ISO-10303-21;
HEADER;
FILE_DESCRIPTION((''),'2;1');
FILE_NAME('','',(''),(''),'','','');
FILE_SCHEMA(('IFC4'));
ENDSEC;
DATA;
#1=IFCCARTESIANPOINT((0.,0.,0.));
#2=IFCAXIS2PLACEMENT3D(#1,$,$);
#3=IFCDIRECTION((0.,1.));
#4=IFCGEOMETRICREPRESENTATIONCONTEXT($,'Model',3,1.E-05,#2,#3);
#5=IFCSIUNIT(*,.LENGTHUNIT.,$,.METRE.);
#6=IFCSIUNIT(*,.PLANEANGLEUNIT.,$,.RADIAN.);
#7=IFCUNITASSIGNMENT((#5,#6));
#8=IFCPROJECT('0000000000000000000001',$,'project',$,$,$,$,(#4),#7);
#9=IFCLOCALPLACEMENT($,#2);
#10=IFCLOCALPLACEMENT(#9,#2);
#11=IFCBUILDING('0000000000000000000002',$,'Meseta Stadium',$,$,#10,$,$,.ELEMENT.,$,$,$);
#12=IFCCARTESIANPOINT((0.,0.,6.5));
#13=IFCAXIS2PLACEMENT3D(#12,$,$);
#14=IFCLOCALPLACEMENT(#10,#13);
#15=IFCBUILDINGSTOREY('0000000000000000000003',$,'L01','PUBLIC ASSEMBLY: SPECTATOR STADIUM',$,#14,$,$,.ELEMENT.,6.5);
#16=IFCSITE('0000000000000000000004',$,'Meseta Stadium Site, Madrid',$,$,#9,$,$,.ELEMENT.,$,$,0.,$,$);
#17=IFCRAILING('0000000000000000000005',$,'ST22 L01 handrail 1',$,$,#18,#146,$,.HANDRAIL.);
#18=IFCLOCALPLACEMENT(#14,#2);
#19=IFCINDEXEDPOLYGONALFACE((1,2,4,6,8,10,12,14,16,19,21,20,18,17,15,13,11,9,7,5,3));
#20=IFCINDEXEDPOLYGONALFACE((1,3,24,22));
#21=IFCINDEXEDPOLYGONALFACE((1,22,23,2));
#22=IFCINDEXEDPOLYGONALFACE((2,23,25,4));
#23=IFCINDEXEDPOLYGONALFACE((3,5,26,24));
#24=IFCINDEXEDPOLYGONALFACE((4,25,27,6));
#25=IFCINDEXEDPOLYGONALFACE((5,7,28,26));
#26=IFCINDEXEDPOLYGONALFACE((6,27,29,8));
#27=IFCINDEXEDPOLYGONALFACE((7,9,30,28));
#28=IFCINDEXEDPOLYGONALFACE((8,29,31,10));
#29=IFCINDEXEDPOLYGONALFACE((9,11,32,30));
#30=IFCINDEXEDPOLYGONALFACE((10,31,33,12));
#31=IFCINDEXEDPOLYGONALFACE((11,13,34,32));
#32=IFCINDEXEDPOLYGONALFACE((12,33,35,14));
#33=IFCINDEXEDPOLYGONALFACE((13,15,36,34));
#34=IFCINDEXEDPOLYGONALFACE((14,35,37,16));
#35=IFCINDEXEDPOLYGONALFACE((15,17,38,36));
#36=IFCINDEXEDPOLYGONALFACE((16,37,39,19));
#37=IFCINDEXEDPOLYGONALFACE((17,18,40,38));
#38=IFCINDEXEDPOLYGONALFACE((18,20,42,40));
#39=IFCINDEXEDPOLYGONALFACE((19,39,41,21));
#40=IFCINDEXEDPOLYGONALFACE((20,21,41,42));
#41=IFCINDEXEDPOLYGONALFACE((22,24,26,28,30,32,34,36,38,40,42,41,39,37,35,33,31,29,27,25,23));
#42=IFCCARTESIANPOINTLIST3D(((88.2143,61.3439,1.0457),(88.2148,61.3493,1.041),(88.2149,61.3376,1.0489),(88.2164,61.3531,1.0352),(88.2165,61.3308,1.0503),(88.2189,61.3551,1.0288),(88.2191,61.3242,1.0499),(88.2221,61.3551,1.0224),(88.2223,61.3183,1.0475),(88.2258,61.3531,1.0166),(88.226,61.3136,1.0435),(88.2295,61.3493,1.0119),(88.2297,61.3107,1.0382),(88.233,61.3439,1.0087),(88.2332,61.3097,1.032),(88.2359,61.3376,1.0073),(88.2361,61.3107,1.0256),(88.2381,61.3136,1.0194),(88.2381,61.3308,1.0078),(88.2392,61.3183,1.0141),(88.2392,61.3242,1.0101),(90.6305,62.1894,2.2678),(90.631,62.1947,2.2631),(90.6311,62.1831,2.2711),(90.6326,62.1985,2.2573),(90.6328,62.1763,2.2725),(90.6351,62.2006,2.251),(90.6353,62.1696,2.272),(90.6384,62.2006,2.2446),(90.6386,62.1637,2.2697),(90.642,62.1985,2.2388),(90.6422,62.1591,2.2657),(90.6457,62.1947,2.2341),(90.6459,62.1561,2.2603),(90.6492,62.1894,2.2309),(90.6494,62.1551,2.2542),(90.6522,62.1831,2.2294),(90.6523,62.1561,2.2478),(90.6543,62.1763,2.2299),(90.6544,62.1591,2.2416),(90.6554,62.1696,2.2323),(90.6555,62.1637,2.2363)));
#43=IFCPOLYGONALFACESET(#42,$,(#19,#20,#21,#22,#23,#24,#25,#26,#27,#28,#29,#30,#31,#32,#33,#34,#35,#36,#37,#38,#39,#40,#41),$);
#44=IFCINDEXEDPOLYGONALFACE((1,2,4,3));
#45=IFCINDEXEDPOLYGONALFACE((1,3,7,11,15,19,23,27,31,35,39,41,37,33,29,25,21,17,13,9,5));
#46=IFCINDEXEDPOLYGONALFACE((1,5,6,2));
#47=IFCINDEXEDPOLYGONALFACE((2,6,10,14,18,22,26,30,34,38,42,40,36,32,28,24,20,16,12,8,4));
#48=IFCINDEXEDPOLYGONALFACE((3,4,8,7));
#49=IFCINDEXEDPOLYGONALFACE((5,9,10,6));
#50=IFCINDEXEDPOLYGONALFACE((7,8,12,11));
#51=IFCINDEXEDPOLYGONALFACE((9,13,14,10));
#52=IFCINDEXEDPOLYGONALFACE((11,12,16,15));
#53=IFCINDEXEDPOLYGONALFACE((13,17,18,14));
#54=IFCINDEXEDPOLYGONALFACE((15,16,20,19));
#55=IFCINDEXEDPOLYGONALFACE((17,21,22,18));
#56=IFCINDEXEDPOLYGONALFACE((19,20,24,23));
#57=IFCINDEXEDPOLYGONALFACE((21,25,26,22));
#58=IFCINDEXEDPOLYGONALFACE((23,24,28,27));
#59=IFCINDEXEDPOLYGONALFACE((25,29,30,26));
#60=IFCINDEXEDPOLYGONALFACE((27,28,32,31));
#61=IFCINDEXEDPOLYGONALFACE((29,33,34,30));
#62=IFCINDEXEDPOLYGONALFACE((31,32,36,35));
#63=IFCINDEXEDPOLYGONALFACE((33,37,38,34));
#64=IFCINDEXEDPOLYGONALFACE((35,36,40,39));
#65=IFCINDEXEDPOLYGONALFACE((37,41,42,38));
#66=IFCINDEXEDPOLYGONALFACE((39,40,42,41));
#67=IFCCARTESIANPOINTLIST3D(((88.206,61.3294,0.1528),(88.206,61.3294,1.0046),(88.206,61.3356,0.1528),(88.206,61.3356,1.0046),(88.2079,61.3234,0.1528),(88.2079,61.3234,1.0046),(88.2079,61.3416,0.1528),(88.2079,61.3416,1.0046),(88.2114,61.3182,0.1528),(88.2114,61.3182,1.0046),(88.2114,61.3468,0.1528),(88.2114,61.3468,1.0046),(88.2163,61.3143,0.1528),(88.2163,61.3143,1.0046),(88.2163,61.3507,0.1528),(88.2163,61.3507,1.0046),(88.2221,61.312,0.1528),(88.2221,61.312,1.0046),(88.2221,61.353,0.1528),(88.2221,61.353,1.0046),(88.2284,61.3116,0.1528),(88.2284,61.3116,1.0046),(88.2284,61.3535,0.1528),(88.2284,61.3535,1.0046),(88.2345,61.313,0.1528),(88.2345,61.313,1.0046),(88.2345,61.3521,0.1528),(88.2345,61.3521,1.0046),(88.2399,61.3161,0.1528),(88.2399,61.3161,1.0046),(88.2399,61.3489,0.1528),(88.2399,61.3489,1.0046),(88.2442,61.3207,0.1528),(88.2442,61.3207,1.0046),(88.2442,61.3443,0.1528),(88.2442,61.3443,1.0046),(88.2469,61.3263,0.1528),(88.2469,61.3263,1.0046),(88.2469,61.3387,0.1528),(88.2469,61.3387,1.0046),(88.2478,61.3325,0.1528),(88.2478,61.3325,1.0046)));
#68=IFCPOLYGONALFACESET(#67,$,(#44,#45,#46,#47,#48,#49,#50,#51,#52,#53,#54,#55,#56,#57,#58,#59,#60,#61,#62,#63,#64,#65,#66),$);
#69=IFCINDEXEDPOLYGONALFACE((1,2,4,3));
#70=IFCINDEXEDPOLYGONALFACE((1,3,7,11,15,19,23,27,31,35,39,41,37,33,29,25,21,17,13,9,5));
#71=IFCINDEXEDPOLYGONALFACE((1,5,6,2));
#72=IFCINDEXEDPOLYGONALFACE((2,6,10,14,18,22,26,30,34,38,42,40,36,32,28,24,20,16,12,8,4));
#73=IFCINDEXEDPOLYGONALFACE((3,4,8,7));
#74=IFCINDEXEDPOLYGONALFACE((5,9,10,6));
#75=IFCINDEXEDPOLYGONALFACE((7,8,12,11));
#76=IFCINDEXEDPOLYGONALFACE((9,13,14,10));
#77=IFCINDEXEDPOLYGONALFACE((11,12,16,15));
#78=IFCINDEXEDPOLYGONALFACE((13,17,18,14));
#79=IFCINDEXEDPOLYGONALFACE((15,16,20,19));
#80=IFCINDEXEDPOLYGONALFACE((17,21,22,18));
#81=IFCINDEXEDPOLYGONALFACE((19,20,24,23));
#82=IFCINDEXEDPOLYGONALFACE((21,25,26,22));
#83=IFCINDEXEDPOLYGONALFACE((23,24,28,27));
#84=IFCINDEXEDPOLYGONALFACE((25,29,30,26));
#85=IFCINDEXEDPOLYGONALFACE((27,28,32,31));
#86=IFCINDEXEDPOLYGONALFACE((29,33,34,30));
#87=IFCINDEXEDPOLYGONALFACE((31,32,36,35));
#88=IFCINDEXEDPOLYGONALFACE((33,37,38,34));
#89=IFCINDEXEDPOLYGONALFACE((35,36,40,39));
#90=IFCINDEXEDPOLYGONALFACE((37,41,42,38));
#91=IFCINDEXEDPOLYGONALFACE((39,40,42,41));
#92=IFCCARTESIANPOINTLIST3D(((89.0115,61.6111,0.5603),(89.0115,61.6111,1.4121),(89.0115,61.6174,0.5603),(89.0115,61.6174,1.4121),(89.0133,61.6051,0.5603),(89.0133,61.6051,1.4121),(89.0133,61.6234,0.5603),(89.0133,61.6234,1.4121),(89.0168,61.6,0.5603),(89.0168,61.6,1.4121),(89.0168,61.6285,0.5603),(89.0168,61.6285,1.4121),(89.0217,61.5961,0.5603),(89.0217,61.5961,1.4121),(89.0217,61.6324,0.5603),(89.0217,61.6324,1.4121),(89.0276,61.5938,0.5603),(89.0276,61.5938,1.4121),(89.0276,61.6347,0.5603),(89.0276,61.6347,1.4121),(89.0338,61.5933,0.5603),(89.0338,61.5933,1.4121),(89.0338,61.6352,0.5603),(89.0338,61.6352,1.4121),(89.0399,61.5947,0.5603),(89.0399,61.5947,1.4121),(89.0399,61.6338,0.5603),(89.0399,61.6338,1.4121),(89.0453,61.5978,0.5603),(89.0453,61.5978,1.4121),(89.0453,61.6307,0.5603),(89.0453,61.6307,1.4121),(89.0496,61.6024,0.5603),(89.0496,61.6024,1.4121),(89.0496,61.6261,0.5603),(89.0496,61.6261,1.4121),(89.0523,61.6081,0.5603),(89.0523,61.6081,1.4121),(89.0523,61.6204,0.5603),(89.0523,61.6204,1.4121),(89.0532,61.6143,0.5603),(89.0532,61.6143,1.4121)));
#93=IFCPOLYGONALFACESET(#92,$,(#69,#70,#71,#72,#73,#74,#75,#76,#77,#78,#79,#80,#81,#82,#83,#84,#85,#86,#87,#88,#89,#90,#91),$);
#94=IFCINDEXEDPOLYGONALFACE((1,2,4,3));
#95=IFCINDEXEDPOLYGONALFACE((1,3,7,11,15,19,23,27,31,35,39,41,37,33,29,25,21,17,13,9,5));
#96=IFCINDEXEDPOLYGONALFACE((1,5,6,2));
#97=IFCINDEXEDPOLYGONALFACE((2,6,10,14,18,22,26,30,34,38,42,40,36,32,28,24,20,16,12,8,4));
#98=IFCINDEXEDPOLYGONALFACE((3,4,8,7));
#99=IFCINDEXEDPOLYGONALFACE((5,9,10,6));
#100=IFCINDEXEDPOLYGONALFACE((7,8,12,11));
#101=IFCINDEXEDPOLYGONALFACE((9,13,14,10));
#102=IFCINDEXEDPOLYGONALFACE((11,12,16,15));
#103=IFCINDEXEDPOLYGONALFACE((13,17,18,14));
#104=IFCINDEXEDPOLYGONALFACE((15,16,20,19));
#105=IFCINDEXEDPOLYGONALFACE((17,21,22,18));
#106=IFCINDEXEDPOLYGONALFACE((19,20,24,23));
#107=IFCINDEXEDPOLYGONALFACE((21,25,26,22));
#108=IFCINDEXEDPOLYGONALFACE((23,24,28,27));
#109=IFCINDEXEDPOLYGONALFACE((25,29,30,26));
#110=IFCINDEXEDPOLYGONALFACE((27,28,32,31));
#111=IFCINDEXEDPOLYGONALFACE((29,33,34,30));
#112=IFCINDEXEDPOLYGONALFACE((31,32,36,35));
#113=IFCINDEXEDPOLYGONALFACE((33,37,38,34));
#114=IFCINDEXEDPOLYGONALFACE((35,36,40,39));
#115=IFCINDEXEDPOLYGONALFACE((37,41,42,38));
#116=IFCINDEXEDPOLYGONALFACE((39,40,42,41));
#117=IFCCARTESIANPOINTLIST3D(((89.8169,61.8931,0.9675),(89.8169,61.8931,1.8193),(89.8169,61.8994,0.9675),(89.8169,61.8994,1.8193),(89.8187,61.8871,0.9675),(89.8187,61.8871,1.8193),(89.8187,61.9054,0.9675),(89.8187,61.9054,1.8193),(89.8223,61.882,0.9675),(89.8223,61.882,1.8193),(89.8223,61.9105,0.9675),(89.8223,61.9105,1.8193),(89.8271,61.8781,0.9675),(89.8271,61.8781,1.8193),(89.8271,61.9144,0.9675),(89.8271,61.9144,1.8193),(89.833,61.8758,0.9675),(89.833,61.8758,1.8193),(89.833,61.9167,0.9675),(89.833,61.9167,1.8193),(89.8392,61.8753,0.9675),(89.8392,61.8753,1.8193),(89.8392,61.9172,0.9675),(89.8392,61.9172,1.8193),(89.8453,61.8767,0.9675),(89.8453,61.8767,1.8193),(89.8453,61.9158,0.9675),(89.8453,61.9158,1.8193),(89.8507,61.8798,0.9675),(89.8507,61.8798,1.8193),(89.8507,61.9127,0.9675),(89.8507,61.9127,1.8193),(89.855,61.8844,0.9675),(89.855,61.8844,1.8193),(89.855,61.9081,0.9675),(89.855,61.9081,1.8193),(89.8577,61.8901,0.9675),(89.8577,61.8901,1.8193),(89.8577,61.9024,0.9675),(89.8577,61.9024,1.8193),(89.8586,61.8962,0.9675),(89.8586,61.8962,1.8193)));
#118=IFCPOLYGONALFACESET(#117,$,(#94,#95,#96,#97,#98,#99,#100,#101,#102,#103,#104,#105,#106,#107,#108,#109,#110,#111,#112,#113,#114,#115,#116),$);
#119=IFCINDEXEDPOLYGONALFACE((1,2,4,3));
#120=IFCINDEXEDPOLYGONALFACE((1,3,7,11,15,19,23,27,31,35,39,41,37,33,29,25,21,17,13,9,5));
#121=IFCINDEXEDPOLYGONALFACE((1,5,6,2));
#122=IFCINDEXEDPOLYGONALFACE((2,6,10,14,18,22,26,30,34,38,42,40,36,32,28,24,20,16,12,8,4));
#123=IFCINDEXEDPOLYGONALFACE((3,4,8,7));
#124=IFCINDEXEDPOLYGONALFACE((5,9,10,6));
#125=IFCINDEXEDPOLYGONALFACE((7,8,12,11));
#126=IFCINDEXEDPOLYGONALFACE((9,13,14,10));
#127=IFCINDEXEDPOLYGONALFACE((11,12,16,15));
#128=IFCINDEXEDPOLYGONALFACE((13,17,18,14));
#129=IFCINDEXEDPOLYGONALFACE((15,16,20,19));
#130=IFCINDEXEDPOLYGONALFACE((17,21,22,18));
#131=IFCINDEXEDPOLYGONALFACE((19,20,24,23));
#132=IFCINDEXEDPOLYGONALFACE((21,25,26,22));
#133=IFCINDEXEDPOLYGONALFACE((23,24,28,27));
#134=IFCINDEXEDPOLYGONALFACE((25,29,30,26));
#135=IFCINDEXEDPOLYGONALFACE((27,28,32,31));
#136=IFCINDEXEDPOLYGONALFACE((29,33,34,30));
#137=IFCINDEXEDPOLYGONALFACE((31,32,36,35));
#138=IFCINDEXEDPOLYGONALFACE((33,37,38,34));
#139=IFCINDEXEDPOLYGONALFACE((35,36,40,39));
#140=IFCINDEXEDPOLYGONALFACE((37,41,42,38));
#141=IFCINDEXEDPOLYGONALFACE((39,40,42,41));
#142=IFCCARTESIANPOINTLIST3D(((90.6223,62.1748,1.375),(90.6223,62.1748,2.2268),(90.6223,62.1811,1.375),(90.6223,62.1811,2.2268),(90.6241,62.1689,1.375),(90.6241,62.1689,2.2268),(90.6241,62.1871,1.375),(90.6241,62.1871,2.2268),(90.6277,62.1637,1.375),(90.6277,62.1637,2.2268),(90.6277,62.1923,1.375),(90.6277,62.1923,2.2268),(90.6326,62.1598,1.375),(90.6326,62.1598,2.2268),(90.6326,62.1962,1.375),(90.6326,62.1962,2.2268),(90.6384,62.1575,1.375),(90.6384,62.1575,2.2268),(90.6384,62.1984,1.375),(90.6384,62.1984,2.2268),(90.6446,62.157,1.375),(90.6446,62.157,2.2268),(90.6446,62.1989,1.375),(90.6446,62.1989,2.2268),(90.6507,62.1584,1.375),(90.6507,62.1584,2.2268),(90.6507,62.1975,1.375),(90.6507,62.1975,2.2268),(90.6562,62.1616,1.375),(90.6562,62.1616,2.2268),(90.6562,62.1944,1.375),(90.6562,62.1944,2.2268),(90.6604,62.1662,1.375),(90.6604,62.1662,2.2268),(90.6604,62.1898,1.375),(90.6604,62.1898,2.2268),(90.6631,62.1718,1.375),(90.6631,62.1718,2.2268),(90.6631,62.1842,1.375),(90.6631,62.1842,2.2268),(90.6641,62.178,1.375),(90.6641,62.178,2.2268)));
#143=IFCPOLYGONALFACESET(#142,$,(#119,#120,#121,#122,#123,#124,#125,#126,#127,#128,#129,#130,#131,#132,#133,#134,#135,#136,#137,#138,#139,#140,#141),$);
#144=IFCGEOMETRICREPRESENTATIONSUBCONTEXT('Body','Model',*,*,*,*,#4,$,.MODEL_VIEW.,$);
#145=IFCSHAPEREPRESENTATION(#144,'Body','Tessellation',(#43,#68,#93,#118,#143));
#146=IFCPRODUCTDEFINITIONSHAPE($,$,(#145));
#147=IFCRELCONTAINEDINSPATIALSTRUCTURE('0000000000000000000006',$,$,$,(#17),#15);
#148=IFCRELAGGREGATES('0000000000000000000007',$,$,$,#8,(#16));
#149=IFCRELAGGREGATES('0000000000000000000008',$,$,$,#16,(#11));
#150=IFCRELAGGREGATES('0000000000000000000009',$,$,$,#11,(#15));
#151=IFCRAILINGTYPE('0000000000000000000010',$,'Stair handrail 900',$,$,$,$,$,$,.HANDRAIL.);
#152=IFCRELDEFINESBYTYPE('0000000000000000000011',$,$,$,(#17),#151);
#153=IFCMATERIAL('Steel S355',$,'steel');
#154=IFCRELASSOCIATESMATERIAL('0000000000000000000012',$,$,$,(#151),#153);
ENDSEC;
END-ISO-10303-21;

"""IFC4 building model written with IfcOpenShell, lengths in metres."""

from ifc_helpers import new_model, si_unit, direction, frame, origin, origin_2d, place, context, subcontext, project, spatial, circle, extrude, material, type_object, element, save


model = new_model("IFC4")

# Units and contexts
model_context = context("Model", 3, precision=1e-05, world=origin(), true_north=direction((0.0, 1.0)))
body_context = subcontext(model_context, "Body", "Model", "MODEL_VIEW")
ifc_project = project(units=[si_unit("LENGTHUNIT", "METRE"), si_unit("PLANEANGLEUNIT", "RADIAN")], contexts=[model_context])

# Site, building, storey
site_placement = place(None, origin())
site = spatial("IfcSite", under=ifc_project, at=site_placement, Name="Meseta Stadium Site, Madrid", CompositionType="ELEMENT", RefElevation=0.0)
building_placement = place(site_placement, origin())
building = spatial("IfcBuilding", under=site, at=building_placement, Name="Meseta Stadium", CompositionType="ELEMENT")
storey_placement = place(building_placement, frame((0.0, 0.0, 6.5)))
storey = spatial("IfcBuildingStorey", under=building, at=storey_placement, Name="L01", Description="PUBLIC ASSEMBLY: SPECTATOR STADIUM", CompositionType="ELEMENT", Elevation=6.5)

# Railing
ifc_material_1 = material(Name="Steel S355", Category="steel")
railing_type_1 = type_object("IfcRailingType", Name="Stair handrail 900", PredefinedType="HANDRAIL", material=ifc_material_1)
for number, where, name in (
    (1, (88.2268, 61.3325, 0.1528), "ST22 L01 handrail 1"),
):
    element("IfcRailing", number, at=place(storey_placement, frame(where)), inside=storey, type_object=railing_type_1, Name=name, PredefinedType="HANDRAIL", context=body_context, shape_type="SweptSolid", body=[
        extrude(circle(Radius=0.0239, at=origin_2d()), frame((0.0, 0.0, 0.876), z_axis=(0.851789, 0.298044, 0.430843), x_axis=(-0.33027, 0.943887, 0.0)), (0.0, 0.0, 1.0), 2.8367),
        extrude(circle(Radius=0.021, at=origin_2d()), origin(), (0.0, 0.0, 1.0), 0.8518),
        extrude(circle(Radius=0.021, at=origin_2d()), frame((0.8054, 0.2817, 0.4075)), (0.0, 0.0, 1.0), 0.8518),
        extrude(circle(Radius=0.021, at=origin_2d()), frame((1.6108, 0.5637, 0.8147)), (0.0, 0.0, 1.0), 0.8518),
        extrude(circle(Radius=0.021, at=origin_2d()), frame((2.4163, 0.8455, 1.2222)), (0.0, 0.0, 1.0), 0.8518),
    ])

save(model, "model.ifc")
